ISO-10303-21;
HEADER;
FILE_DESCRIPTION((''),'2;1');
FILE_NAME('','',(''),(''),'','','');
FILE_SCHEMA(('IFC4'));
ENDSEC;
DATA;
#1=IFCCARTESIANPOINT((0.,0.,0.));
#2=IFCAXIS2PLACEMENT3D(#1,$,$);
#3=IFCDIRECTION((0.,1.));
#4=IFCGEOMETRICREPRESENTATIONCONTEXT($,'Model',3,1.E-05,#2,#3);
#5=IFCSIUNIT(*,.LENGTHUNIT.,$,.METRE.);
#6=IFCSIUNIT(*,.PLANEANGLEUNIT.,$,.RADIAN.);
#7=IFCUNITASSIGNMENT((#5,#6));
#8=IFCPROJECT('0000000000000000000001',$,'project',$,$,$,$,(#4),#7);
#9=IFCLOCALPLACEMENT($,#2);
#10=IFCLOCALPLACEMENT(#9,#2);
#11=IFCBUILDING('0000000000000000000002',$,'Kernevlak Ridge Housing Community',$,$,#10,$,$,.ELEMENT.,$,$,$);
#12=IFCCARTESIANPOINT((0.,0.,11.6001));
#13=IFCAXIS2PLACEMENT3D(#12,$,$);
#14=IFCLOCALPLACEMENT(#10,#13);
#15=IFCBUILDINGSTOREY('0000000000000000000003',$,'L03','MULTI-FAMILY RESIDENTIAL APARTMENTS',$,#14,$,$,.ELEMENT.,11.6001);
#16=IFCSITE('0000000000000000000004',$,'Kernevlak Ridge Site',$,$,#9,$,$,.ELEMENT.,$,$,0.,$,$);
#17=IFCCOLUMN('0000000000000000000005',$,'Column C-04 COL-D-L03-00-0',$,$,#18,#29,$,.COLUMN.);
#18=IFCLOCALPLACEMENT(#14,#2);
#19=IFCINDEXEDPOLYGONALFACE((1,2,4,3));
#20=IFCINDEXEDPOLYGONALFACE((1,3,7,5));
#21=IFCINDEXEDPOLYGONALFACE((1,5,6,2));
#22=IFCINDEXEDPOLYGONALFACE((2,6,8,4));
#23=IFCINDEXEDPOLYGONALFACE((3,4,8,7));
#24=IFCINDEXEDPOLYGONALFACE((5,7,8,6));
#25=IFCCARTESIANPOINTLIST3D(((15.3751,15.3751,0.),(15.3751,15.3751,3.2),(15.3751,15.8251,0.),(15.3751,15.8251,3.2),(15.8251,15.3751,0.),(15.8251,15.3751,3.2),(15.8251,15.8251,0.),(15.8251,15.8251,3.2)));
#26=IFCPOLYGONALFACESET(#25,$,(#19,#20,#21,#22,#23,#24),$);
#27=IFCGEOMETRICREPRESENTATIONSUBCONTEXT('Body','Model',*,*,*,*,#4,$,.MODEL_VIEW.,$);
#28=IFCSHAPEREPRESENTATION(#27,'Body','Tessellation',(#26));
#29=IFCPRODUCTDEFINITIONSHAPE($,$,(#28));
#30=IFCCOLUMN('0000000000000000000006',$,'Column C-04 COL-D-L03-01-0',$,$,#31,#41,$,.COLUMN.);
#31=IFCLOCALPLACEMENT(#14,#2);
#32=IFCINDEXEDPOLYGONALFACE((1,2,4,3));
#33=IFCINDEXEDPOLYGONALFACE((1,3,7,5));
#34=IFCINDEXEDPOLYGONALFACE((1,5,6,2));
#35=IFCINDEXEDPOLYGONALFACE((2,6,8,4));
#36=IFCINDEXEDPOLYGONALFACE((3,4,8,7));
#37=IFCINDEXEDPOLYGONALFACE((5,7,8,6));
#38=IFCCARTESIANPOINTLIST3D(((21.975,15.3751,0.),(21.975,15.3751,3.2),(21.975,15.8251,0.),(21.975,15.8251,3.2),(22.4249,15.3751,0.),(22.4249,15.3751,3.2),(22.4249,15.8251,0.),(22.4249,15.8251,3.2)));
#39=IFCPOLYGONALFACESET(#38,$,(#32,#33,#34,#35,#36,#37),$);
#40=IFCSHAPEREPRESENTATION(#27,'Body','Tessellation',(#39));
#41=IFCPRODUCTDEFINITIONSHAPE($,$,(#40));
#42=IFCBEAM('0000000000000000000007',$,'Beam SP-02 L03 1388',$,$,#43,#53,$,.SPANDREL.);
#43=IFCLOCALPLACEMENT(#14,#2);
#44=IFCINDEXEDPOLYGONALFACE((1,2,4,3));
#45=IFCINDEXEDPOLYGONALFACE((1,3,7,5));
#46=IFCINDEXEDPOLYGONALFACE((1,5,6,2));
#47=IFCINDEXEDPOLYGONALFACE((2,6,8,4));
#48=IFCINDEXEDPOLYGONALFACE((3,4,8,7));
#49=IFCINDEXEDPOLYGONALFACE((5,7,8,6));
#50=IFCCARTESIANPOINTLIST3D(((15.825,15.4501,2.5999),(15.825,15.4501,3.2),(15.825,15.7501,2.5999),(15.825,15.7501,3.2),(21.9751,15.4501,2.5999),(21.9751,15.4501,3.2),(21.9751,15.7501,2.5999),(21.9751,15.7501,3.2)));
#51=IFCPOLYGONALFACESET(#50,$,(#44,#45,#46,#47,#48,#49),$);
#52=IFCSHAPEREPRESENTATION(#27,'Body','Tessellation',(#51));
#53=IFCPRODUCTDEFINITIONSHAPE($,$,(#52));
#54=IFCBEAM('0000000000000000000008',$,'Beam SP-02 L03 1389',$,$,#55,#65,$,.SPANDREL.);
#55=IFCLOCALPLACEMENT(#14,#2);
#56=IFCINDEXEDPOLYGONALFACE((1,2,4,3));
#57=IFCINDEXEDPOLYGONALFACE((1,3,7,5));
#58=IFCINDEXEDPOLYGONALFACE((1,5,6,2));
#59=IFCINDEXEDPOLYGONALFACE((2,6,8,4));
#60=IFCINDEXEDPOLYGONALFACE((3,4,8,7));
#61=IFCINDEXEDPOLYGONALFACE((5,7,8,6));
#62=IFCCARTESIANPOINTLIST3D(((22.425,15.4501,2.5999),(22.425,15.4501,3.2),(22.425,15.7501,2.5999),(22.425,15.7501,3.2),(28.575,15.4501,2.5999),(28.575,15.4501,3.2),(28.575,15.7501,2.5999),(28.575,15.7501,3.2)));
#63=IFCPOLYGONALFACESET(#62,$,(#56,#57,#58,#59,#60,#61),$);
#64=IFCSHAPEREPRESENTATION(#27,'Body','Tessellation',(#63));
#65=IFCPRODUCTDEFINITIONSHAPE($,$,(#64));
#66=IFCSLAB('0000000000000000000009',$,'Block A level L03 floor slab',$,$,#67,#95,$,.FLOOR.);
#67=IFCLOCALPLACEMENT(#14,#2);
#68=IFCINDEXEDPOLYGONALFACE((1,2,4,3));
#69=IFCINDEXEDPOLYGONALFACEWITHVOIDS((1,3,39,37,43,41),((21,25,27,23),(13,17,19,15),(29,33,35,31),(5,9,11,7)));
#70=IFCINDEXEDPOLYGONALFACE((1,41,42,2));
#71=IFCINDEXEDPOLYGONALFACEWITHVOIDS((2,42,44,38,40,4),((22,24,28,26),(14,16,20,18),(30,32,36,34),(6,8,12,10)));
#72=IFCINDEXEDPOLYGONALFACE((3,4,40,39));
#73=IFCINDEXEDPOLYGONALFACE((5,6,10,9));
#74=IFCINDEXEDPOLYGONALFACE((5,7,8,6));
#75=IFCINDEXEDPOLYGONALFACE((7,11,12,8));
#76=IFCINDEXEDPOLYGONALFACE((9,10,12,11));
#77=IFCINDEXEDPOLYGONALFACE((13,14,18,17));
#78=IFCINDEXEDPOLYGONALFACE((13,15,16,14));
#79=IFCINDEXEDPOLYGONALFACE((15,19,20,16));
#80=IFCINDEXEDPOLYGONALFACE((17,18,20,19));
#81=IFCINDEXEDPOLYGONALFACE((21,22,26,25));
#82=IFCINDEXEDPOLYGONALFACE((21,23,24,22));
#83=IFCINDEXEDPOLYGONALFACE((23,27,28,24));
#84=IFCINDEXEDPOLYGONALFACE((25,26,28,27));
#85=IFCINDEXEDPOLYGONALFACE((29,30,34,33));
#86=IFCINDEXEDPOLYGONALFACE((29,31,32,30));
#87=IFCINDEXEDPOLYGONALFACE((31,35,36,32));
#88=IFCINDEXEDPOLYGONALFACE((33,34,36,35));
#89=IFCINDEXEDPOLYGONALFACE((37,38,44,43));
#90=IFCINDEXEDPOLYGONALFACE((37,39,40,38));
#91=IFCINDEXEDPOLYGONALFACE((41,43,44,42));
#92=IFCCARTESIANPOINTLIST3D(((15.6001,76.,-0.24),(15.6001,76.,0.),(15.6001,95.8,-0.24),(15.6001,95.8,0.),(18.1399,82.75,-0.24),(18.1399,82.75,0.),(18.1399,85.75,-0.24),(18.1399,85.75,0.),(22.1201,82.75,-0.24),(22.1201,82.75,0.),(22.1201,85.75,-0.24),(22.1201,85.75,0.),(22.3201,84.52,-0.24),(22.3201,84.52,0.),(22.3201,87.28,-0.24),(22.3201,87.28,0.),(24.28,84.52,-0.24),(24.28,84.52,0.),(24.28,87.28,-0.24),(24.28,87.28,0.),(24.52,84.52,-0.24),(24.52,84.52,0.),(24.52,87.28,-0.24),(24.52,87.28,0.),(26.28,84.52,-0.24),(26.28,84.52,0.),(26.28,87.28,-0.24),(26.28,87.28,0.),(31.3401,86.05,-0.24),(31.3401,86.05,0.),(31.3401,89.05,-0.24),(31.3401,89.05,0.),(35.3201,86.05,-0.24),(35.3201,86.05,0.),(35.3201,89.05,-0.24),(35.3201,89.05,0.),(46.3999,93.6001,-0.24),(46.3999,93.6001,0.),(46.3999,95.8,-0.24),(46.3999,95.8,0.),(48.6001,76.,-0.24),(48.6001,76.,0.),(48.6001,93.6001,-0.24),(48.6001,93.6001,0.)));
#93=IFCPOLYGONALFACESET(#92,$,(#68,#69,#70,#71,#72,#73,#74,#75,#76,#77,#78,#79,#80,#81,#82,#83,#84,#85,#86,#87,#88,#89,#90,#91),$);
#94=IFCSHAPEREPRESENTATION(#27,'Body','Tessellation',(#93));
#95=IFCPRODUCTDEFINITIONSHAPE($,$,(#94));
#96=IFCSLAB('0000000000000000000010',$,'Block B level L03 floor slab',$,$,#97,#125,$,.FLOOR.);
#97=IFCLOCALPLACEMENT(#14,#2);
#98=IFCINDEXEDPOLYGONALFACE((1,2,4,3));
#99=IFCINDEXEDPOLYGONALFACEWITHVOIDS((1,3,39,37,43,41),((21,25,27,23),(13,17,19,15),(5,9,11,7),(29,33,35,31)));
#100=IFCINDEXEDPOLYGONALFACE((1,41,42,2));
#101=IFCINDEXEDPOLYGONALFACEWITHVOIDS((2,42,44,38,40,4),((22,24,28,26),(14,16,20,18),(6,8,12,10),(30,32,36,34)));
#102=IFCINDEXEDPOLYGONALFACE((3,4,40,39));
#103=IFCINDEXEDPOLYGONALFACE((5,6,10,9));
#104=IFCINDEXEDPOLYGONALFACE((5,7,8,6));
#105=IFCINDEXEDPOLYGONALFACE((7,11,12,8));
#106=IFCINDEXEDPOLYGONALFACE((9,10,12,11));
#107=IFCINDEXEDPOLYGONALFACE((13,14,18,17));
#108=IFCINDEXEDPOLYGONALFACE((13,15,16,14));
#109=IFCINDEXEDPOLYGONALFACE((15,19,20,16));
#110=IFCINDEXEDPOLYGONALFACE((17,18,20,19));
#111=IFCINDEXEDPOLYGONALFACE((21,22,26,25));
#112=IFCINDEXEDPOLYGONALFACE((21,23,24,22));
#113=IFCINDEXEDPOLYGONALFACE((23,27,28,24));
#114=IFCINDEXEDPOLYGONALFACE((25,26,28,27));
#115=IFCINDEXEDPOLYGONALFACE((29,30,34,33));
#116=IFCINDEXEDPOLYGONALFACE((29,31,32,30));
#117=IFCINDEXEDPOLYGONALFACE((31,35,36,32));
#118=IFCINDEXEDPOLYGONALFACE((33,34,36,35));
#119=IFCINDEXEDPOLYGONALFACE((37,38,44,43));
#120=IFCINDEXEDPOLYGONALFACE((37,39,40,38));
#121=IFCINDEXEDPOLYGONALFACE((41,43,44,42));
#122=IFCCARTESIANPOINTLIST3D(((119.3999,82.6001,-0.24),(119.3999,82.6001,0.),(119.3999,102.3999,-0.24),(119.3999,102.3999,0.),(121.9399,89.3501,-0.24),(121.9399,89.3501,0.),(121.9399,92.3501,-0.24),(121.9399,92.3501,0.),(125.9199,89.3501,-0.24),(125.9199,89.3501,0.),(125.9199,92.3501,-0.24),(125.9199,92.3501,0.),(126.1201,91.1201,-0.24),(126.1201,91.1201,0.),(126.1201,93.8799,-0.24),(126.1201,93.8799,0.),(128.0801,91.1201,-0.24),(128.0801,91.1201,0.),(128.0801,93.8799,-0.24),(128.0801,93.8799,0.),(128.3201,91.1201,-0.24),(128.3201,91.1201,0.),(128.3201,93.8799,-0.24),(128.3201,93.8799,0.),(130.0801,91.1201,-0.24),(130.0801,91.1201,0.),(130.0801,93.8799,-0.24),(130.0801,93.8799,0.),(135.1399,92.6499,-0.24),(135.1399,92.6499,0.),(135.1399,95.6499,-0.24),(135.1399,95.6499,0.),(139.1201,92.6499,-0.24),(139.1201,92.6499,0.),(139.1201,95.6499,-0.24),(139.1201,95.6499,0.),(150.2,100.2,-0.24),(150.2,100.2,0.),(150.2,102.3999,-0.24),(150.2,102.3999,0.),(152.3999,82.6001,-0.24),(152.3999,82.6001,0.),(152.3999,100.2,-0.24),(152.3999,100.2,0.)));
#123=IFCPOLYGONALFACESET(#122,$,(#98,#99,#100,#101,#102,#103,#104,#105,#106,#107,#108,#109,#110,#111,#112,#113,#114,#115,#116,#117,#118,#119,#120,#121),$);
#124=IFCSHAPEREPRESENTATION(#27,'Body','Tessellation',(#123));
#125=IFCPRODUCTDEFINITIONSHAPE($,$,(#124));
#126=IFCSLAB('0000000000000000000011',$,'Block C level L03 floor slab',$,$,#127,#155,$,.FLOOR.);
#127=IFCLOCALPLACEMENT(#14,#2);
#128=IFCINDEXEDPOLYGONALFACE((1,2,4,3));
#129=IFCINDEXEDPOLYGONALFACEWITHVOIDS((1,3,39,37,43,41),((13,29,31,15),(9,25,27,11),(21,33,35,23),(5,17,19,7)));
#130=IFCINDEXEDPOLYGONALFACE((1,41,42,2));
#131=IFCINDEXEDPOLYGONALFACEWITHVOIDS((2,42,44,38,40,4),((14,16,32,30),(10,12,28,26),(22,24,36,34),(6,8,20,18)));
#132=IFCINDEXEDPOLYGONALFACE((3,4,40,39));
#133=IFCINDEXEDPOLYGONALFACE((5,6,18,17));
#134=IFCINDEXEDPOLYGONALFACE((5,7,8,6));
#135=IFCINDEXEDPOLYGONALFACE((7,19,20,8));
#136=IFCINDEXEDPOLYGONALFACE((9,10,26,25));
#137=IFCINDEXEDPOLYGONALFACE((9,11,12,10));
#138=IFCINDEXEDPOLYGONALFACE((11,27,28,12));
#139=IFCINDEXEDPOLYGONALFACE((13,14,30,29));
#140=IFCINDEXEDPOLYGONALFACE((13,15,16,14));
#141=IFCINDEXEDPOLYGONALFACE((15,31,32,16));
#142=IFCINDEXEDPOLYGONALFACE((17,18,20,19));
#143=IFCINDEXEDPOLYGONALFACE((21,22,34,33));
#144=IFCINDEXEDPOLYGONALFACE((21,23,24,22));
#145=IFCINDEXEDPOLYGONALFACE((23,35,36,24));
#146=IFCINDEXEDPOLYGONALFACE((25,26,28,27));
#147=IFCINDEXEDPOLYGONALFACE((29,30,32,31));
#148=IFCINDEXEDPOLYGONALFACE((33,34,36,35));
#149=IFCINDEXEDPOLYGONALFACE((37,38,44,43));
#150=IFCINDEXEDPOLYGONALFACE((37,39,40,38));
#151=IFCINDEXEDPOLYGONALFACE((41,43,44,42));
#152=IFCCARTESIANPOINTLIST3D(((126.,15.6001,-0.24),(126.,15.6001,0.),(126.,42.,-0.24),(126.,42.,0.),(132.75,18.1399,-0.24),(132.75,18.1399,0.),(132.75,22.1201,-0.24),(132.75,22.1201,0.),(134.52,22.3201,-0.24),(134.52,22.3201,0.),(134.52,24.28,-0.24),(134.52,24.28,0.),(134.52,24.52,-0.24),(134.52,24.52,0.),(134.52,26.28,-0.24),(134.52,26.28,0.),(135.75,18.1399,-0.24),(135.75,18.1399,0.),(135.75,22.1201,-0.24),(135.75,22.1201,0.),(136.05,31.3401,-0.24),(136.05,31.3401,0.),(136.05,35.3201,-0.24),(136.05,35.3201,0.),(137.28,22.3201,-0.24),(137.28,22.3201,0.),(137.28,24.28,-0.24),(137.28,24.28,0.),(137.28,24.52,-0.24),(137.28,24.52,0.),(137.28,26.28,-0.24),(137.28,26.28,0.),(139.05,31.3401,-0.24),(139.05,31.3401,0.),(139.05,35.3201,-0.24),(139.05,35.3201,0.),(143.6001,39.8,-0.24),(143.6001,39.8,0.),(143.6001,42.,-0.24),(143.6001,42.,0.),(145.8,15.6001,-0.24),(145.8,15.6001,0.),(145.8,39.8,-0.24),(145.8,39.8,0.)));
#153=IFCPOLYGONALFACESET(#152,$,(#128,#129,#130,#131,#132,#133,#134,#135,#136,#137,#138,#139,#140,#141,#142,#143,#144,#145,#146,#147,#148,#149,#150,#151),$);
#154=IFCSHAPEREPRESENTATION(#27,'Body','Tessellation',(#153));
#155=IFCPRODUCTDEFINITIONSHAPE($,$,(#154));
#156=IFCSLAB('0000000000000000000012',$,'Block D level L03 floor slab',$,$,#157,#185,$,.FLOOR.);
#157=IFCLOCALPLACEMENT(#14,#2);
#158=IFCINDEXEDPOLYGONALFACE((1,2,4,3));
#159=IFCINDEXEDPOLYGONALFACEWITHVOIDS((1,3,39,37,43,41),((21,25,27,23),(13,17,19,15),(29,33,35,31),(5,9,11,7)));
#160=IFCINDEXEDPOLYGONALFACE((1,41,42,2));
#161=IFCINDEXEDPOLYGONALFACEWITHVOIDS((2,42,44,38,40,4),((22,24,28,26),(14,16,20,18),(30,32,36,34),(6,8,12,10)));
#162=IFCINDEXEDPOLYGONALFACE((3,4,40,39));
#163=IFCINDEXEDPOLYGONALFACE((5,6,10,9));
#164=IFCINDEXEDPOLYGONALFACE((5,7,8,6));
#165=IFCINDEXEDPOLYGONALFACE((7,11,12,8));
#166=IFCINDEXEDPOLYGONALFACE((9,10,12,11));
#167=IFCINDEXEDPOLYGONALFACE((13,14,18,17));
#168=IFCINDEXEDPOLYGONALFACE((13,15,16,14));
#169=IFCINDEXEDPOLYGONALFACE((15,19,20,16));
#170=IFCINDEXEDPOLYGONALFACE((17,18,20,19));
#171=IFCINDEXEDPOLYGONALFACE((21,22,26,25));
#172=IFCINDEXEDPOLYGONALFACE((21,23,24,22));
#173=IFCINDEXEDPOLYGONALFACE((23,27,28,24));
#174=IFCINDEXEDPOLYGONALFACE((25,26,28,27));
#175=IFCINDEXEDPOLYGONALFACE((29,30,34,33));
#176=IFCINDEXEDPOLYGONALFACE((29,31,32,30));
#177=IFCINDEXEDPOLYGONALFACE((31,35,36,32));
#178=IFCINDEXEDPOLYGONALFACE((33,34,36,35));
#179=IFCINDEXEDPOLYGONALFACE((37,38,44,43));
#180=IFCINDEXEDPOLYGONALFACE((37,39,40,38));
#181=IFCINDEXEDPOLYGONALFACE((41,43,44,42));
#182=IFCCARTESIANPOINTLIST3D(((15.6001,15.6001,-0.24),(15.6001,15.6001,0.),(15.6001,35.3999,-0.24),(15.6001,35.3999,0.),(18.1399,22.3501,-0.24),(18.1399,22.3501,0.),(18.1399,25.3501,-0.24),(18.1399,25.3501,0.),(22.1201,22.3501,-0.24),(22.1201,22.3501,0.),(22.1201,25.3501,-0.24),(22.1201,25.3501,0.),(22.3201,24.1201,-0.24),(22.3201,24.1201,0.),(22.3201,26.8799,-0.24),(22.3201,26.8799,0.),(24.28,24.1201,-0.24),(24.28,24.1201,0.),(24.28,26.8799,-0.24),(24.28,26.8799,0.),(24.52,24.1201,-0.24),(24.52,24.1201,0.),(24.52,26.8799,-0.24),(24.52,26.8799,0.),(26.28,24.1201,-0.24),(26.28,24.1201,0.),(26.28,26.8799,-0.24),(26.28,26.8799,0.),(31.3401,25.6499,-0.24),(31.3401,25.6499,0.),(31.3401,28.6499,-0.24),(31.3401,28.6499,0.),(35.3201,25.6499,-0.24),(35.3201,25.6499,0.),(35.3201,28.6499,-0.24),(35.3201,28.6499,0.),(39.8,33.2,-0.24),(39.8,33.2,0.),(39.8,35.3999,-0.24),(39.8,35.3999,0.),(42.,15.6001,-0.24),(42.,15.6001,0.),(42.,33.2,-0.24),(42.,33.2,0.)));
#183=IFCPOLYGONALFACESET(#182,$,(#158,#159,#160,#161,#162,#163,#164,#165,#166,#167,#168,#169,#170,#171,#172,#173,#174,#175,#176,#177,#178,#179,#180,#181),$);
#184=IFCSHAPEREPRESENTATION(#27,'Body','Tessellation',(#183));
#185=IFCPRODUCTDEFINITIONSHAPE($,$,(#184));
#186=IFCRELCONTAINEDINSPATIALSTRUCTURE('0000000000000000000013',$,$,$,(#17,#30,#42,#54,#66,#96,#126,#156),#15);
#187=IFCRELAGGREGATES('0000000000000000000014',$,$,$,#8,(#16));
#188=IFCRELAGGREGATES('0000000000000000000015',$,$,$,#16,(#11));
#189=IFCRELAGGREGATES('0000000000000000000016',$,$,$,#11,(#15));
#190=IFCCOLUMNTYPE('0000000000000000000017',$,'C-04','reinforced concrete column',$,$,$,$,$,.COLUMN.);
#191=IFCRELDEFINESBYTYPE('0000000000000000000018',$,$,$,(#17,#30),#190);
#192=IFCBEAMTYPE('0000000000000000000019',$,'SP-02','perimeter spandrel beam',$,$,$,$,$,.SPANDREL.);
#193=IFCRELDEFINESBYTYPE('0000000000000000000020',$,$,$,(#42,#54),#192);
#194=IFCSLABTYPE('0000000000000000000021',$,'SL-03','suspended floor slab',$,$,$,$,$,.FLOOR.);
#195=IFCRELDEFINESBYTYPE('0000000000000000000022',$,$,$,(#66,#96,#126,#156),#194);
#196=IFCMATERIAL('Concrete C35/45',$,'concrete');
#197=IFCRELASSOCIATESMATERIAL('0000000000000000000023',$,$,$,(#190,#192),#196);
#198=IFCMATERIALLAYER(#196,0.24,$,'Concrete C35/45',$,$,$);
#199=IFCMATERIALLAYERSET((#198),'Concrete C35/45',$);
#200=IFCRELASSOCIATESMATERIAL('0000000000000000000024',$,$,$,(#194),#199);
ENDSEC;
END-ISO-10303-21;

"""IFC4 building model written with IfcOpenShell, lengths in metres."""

from ifc_helpers import new_model, si_unit, direction, frame, origin, origin_2d, place, context, subcontext, project, spatial, polyline, rectangle, outline, extrude, material, layer, layer_set, material_profile, profile_set, type_object, element, save


model = new_model("IFC4")

# Units and contexts
model_context = context("Model", 3, precision=1e-05, world=origin(), true_north=direction((0.0, 1.0)))
body_context = subcontext(model_context, "Body", "Model", "MODEL_VIEW")
ifc_project = project(units=[si_unit("LENGTHUNIT", "METRE"), si_unit("PLANEANGLEUNIT", "RADIAN")], contexts=[model_context])

# Site, building, storey
site_placement = place(None, origin())
site = spatial("IfcSite", under=ifc_project, at=site_placement, Name="Kernevlak Ridge Site", CompositionType="ELEMENT", RefElevation=0.0)
building_placement = place(site_placement, origin())
building = spatial("IfcBuilding", under=site, at=building_placement, Name="Kernevlak Ridge Housing Community", CompositionType="ELEMENT")
storey_placement = place(building_placement, frame((0.0, 0.0, 11.6001)))
storey = spatial("IfcBuildingStorey", under=building, at=storey_placement, Name="L03", Description="MULTI-FAMILY RESIDENTIAL APARTMENTS", CompositionType="ELEMENT", Elevation=11.6001)

# Columns
ifc_material_1 = material(Name="Concrete C35/45", Category="concrete")
ifc_material_profile_1 = material_profile(ifc_material_1, rectangle(XDim=0.45, YDim=0.45, at=origin_2d()), Name="RC 450x450")
ifc_profile_set_1 = profile_set([ifc_material_profile_1], Name="Concrete C35/45")
column_type = type_object("IfcColumnType", Name="C-04", Description="reinforced concrete column", PredefinedType="COLUMN", material=ifc_profile_set_1)
for number, where, z_axis, x_axis, name in (
    (1, (15.6001, 15.6001, 0.0), (0.0, 0.0, 1.0), (1.0, 0.0, 0.0), "Column C-04 COL-D-L03-00-0"),
    (2, (22.2, 15.6001, 0.0), (0.0, 0.0, 1.0), (1.0, 0.0, 0.0), "Column C-04 COL-D-L03-01-0"),
):
    element("IfcColumn", number, at=place(storey_placement, frame(where, z_axis=z_axis, x_axis=x_axis)), inside=storey, type_object=column_type, Name=name, PredefinedType="COLUMN", context=body_context, shape_type="SweptSolid", body=[
        extrude(rectangle(XDim=0.45, YDim=0.45, at=origin_2d()), origin(), (0.0, 0.0, 1.0), 3.2),
    ])

# Beams
ifc_material_profile_2 = material_profile(ifc_material_1, rectangle(XDim=0.3, YDim=0.6001, at=origin_2d()), Name="RC 300x600")
ifc_profile_set_2 = profile_set([ifc_material_profile_2], Name="Concrete C35/45")
beam_type = type_object("IfcBeamType", Name="SP-02", Description="perimeter spandrel beam", PredefinedType="SPANDREL", material=ifc_profile_set_2)
beam_1_placement = place(storey_placement, frame((15.825, 15.6001, 2.8999), z_axis=(1.0, 0.0, 0.0), x_axis=(0.0, 1.0, 0.0)))
element("IfcBeam", 3, at=beam_1_placement, inside=storey, type_object=beam_type, Name="Beam SP-02 L03 1388", PredefinedType="SPANDREL", context=body_context, shape_type="SweptSolid", body=[
    extrude(rectangle(XDim=0.3, YDim=0.6001, at=origin_2d()), origin(), (0.0, 0.0, 1.0), 6.1501),
])
beam_2_placement = place(storey_placement, frame((22.425, 15.6001, 2.8999), z_axis=(1.0, 0.0, 0.0), x_axis=(0.0, 1.0, 0.0)))
element("IfcBeam", 4, at=beam_2_placement, inside=storey, type_object=beam_type, Name="Beam SP-02 L03 1389", PredefinedType="SPANDREL", context=body_context, shape_type="SweptSolid", body=[
    extrude(rectangle(XDim=0.3, YDim=0.6001, at=origin_2d()), origin(), (0.0, 0.0, 1.0), 6.1499),
])

# Slabs
ifc_layer_1 = layer(ifc_material_1, 0.24, Name="Concrete C35/45")
ifc_layer_set_1 = layer_set([ifc_layer_1], Name="Concrete C35/45")
slab_type_1 = type_object("IfcSlabType", Name="SL-03", Description="suspended floor slab", PredefinedType="FLOOR", material=ifc_layer_set_1)
slab_1_placement = place(storey_placement, frame((0.0, 0.0, -0.24)))
element("IfcSlab", 5, at=slab_1_placement, inside=storey, type_object=slab_type_1, Name="Block A level L03 floor slab", PredefinedType="FLOOR", context=body_context, shape_type="SweptSolid", body=[
    extrude(outline(polyline([(15.6001, 76.0), (48.6001, 76.0), (48.6001, 93.6001), (46.3999, 93.6001), (46.3999, 95.8), (15.6001, 95.8), (15.6001, 76.0)]), holes=[polyline([(18.1399, 85.75), (22.1201, 85.75), (22.1201, 82.75), (18.1399, 82.75), (18.1399, 85.75)]), polyline([(31.3401, 89.05), (35.3201, 89.05), (35.3201, 86.05), (31.3401, 86.05), (31.3401, 89.05)]), polyline([(22.3201, 87.28), (24.28, 87.28), (24.28, 84.52), (22.3201, 84.52), (22.3201, 87.28)]), polyline([(24.52, 87.28), (26.28, 87.28), (26.28, 84.52), (24.52, 84.52), (24.52, 87.28)])]), origin(), (0.0, 0.0, 1.0), 0.24),
])
slab_2_placement = place(storey_placement, frame((0.0, 0.0, -0.24)))
element("IfcSlab", 6, at=slab_2_placement, inside=storey, type_object=slab_type_1, Name="Block B level L03 floor slab", PredefinedType="FLOOR", context=body_context, shape_type="SweptSolid", body=[
    extrude(outline(polyline([(119.3999, 82.6001), (152.3999, 82.6001), (152.3999, 100.2), (150.2, 100.2), (150.2, 102.3999), (119.3999, 102.3999), (119.3999, 82.6001)]), holes=[polyline([(121.9399, 92.3501), (125.9199, 92.3501), (125.9199, 89.3501), (121.9399, 89.3501), (121.9399, 92.3501)]), polyline([(135.1399, 95.6499), (139.1201, 95.6499), (139.1201, 92.6499), (135.1399, 92.6499), (135.1399, 95.6499)]), polyline([(126.1201, 93.8799), (128.0801, 93.8799), (128.0801, 91.1201), (126.1201, 91.1201), (126.1201, 93.8799)]), polyline([(128.3201, 93.8799), (130.0801, 93.8799), (130.0801, 91.1201), (128.3201, 91.1201), (128.3201, 93.8799)])]), origin(), (0.0, 0.0, 1.0), 0.24),
])
slab_3_placement = place(storey_placement, frame((0.0, 0.0, -0.24)))
element("IfcSlab", 7, at=slab_3_placement, inside=storey, type_object=slab_type_1, Name="Block C level L03 floor slab", PredefinedType="FLOOR", context=body_context, shape_type="SweptSolid", body=[
    extrude(outline(polyline([(145.8, 15.6001), (145.8, 39.8), (143.6001, 39.8), (143.6001, 42.0), (126.0, 42.0), (126.0, 15.6001), (145.8, 15.6001)]), holes=[polyline([(132.75, 18.1399), (132.75, 22.1201), (135.75, 22.1201), (135.75, 18.1399), (132.75, 18.1399)]), polyline([(136.05, 31.3401), (136.05, 35.3201), (139.05, 35.3201), (139.05, 31.3401), (136.05, 31.3401)]), polyline([(134.52, 24.28), (137.28, 24.28), (137.28, 22.3201), (134.52, 22.3201), (134.52, 24.28)]), polyline([(134.52, 26.28), (137.28, 26.28), (137.28, 24.52), (134.52, 24.52), (134.52, 26.28)])]), origin(), (0.0, 0.0, 1.0), 0.24),
])
slab_4_placement = place(storey_placement, frame((0.0, 0.0, -0.24)))
element("IfcSlab", 8, at=slab_4_placement, inside=storey, type_object=slab_type_1, Name="Block D level L03 floor slab", PredefinedType="FLOOR", context=body_context, shape_type="SweptSolid", body=[
    extrude(outline(polyline([(15.6001, 15.6001), (42.0, 15.6001), (42.0, 33.2), (39.8, 33.2), (39.8, 35.3999), (15.6001, 35.3999), (15.6001, 15.6001)]), holes=[polyline([(18.1399, 25.3501), (22.1201, 25.3501), (22.1201, 22.3501), (18.1399, 22.3501), (18.1399, 25.3501)]), polyline([(31.3401, 28.6499), (35.3201, 28.6499), (35.3201, 25.6499), (31.3401, 25.6499), (31.3401, 28.6499)]), polyline([(22.3201, 26.8799), (24.28, 26.8799), (24.28, 24.1201), (22.3201, 24.1201), (22.3201, 26.8799)]), polyline([(24.52, 26.8799), (26.28, 26.8799), (26.28, 24.1201), (24.52, 24.1201), (24.52, 26.8799)])]), origin(), (0.0, 0.0, 1.0), 0.24),
])

save(model, "model.ifc")
